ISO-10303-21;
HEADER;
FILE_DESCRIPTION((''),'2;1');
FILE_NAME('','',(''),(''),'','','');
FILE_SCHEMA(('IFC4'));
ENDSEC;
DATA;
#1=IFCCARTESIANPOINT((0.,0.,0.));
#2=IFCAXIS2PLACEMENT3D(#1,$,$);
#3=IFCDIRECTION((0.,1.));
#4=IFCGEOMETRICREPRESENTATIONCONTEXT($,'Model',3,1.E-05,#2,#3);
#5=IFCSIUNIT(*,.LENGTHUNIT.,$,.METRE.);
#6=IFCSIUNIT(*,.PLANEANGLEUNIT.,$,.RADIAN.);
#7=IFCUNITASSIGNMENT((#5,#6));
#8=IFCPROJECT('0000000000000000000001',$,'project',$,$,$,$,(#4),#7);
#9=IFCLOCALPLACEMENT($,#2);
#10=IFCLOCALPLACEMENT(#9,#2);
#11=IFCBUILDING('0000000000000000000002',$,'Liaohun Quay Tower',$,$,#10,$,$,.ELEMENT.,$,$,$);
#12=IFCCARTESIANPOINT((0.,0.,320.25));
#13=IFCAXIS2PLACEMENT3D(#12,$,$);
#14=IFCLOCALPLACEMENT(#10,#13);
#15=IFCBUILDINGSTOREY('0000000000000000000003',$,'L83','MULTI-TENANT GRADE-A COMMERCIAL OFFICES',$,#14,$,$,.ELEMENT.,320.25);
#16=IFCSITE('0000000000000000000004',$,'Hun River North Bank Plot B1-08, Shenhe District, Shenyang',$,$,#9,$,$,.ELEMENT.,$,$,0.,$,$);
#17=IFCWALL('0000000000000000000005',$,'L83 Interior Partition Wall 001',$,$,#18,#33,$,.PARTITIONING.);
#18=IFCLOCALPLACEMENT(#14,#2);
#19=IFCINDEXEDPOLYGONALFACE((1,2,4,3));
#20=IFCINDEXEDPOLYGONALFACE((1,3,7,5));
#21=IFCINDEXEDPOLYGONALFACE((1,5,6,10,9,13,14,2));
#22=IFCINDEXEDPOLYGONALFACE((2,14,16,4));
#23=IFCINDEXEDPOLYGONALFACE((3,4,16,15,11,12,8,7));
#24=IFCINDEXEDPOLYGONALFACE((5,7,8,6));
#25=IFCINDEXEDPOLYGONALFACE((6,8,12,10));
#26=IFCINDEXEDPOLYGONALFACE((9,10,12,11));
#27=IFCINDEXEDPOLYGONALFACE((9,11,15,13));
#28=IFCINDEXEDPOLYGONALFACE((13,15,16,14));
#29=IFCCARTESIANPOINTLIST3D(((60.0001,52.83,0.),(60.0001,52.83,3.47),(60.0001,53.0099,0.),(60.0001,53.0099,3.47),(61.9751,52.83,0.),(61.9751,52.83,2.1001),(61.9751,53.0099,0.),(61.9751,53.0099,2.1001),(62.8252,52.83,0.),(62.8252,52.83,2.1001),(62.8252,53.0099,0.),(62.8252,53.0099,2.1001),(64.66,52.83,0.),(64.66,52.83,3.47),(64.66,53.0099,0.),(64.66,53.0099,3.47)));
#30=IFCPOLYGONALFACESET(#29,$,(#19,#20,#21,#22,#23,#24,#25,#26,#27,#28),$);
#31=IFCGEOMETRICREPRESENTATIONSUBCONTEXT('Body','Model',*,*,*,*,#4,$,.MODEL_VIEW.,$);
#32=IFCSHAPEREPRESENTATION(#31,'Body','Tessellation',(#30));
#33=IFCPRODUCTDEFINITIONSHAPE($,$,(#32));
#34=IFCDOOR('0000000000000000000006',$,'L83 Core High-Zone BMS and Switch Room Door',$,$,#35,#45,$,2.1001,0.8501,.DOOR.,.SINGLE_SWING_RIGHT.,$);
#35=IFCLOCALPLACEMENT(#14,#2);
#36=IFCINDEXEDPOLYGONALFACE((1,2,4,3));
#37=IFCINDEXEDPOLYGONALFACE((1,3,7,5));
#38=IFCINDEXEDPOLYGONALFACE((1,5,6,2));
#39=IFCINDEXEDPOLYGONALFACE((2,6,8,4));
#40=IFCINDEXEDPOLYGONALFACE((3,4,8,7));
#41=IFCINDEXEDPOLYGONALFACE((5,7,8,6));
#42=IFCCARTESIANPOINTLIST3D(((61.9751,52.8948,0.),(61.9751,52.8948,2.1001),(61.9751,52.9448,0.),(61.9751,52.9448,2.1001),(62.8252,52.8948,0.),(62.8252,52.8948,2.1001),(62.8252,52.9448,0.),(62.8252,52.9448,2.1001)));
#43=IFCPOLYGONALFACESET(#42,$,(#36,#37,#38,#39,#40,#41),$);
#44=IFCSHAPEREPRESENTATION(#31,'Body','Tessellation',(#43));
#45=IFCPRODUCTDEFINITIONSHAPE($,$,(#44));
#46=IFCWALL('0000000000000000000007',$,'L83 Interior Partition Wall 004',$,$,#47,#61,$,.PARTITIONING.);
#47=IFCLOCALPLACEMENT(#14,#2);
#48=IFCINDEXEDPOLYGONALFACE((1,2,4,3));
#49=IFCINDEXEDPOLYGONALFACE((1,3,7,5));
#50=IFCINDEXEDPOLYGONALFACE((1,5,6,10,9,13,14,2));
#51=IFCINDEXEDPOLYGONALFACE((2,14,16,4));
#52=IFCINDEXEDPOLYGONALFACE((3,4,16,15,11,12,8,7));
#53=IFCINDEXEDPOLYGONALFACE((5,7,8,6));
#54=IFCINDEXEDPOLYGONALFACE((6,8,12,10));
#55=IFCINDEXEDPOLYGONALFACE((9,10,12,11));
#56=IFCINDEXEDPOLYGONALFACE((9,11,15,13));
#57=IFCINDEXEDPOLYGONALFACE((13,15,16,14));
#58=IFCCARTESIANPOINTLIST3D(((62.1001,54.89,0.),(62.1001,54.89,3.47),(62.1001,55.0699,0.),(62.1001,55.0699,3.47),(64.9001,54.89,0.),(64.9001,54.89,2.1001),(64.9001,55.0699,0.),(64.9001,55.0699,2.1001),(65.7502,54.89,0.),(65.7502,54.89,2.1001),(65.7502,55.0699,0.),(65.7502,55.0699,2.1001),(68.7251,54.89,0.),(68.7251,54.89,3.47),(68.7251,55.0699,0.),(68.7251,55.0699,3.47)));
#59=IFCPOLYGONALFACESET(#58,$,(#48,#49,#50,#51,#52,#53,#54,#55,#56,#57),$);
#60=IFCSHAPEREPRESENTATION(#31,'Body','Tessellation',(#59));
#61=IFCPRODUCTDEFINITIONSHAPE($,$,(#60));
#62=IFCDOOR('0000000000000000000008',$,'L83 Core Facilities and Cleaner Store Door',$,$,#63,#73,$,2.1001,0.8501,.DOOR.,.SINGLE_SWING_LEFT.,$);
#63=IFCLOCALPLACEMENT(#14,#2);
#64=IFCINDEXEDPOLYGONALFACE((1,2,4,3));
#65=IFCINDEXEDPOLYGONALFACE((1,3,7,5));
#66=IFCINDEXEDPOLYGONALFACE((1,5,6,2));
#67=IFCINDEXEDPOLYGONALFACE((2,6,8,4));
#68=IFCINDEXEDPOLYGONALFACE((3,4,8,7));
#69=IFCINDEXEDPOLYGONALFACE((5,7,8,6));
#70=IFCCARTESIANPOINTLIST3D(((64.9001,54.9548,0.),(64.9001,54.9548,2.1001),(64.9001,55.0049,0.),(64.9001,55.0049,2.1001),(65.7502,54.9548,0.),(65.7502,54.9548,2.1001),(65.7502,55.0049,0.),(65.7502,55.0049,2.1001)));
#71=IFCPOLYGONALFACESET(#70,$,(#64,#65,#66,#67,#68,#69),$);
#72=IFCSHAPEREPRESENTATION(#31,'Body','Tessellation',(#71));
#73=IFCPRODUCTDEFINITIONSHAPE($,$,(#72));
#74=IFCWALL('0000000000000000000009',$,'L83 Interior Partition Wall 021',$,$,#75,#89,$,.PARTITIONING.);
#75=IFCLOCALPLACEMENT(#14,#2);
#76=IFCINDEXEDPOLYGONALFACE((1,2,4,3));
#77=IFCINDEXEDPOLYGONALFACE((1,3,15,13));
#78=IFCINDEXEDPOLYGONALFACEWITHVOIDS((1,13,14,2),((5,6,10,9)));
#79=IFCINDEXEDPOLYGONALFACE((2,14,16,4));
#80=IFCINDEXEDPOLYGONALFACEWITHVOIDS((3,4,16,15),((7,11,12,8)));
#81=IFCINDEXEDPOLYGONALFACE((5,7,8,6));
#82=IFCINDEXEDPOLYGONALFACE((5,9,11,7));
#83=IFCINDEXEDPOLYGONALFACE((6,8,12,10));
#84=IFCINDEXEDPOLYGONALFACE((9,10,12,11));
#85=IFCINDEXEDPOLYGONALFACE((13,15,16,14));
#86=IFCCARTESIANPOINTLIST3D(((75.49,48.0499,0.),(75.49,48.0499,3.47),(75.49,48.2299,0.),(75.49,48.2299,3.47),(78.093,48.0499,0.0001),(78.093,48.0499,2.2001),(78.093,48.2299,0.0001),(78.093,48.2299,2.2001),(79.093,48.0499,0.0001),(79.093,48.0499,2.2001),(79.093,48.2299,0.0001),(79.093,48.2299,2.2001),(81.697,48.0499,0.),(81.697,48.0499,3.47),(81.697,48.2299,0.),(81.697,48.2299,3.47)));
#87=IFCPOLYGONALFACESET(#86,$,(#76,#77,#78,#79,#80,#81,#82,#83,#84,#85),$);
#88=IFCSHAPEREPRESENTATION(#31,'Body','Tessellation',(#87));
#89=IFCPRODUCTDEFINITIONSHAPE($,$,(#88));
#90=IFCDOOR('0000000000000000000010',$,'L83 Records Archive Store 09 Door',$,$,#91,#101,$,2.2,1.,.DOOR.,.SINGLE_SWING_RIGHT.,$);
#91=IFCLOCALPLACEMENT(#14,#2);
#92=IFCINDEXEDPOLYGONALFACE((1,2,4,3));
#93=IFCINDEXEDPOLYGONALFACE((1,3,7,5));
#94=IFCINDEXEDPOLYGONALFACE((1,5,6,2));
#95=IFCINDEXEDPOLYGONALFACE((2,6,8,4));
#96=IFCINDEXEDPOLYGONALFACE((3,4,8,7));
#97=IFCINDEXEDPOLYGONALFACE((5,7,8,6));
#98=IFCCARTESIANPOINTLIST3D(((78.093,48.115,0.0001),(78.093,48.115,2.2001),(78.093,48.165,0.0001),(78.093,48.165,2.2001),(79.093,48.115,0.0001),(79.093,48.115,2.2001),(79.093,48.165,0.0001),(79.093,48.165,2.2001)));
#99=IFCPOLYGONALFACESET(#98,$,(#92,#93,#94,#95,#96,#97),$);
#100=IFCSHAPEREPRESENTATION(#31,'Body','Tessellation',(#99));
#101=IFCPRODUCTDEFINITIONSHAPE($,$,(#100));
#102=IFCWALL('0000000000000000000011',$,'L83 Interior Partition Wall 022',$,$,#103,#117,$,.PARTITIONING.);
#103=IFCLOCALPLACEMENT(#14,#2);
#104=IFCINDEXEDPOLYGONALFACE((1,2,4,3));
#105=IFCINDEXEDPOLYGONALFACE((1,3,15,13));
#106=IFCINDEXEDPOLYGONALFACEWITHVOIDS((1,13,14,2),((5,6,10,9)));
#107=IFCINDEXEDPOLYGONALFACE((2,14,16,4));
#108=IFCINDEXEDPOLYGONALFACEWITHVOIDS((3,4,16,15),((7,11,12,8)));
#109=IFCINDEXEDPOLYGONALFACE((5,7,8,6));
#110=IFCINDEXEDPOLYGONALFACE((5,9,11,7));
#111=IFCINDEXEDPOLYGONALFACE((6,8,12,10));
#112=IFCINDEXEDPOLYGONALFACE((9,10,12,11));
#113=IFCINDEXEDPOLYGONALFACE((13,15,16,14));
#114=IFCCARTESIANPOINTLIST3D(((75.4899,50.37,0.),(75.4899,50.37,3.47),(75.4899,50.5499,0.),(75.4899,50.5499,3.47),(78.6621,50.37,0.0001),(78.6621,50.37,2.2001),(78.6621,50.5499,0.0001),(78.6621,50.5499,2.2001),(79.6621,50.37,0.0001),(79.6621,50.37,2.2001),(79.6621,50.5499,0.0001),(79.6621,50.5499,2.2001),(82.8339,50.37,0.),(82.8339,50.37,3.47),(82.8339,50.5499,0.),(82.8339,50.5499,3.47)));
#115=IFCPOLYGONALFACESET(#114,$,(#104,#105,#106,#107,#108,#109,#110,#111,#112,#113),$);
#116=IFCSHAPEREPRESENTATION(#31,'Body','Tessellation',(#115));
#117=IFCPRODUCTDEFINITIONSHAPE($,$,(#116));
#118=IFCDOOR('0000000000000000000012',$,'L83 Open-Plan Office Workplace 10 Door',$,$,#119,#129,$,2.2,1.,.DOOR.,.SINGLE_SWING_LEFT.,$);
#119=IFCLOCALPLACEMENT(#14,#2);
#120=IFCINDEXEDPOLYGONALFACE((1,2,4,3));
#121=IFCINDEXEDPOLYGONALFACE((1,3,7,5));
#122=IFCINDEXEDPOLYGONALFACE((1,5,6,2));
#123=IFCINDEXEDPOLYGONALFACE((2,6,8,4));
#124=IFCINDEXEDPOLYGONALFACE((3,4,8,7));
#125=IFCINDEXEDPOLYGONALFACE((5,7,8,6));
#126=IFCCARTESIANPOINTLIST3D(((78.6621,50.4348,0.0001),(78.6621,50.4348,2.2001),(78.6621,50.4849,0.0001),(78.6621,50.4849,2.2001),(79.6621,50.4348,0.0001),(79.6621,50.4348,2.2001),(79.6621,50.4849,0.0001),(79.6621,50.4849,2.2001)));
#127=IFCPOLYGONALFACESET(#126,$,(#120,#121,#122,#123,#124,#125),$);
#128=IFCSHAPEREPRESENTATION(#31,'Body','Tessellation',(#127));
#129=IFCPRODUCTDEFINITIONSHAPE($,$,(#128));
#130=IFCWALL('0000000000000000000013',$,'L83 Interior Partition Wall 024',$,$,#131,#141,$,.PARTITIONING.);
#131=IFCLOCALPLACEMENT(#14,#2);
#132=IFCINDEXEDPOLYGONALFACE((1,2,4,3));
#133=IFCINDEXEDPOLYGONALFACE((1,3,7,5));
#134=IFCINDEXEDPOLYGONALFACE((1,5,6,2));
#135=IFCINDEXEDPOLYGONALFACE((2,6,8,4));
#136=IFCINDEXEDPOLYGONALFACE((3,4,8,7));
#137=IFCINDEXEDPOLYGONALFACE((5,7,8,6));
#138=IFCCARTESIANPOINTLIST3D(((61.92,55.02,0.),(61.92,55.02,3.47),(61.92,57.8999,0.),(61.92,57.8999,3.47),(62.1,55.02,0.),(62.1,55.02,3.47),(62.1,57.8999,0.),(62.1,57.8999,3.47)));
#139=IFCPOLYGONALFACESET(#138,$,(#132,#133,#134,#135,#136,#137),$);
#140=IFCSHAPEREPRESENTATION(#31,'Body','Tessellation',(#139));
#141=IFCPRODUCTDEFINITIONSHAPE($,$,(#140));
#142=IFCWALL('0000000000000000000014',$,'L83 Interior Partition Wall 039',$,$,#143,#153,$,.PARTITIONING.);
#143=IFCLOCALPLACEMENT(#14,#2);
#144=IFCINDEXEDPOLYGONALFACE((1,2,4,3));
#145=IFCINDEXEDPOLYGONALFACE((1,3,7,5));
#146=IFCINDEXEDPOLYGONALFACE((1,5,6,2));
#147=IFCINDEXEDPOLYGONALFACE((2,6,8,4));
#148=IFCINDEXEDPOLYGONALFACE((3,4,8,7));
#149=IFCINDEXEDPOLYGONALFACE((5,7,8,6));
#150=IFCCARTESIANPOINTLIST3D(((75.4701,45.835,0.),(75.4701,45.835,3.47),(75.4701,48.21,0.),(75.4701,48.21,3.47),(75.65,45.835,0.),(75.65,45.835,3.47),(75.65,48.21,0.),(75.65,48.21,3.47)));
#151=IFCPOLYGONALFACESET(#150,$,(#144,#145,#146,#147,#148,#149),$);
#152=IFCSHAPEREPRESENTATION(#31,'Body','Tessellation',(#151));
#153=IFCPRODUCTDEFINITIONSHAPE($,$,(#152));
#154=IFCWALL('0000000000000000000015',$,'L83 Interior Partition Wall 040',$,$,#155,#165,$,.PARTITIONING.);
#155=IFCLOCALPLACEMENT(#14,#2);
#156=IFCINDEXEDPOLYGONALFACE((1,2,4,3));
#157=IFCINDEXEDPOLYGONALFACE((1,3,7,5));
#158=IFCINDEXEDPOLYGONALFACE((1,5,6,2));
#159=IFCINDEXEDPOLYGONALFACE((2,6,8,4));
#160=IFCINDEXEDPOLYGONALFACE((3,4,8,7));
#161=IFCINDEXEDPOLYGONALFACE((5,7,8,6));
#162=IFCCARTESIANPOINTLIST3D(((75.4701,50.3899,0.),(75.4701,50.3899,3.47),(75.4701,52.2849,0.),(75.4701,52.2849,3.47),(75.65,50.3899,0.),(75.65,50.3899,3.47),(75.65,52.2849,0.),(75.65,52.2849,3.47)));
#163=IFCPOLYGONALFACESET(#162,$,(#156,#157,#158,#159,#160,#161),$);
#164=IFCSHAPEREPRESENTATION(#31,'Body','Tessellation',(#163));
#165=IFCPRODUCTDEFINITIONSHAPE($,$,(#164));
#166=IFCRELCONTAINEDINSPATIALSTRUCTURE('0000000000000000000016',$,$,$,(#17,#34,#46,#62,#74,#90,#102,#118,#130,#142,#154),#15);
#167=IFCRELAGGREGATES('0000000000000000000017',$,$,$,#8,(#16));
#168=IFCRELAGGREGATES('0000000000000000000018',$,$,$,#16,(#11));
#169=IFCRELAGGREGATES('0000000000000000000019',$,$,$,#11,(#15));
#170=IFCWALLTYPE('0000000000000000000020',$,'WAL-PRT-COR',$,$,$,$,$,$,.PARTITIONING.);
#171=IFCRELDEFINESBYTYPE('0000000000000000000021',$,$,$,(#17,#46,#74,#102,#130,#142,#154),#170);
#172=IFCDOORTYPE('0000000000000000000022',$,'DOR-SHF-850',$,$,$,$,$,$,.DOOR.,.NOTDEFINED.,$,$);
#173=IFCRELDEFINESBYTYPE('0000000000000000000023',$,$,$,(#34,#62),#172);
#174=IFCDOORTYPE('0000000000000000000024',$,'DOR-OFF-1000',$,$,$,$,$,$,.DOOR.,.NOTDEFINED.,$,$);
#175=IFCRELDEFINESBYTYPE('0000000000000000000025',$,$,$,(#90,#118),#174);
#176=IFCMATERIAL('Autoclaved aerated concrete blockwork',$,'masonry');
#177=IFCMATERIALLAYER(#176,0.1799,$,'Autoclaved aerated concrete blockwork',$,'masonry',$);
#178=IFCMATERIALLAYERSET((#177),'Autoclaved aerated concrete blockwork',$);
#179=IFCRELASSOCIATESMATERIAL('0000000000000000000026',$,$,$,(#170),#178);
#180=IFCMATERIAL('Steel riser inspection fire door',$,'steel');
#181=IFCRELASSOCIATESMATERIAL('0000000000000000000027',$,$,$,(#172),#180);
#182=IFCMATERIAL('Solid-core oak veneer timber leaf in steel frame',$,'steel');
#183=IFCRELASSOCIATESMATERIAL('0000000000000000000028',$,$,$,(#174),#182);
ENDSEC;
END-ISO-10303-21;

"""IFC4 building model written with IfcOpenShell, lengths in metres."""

from ifc_helpers import new_model, si_unit, direction, frame, frame_2d, origin, place, context, subcontext, project, spatial, rectangle, extrude, source, transform, mapped, material, layer, layer_set, type_object, element, fill, save


model = new_model("IFC4")

# Units and contexts
model_context = context("Model", 3, precision=1e-05, world=origin(), true_north=direction((0.0, 1.0)))
body_context = subcontext(model_context, "Body", "Model", "MODEL_VIEW")
ifc_project = project(units=[si_unit("LENGTHUNIT", "METRE"), si_unit("PLANEANGLEUNIT", "RADIAN")], contexts=[model_context])

# Site, building, storey
site_placement = place(None, origin())
site = spatial("IfcSite", under=ifc_project, at=site_placement, Name="Hun River North Bank Plot B1-08, Shenhe District, Shenyang", CompositionType="ELEMENT", RefElevation=0.0)
building_placement = place(site_placement, origin())
building = spatial("IfcBuilding", under=site, at=building_placement, Name="Liaohun Quay Tower", CompositionType="ELEMENT")
storey_placement = place(building_placement, frame((0.0, 0.0, 320.25)))
storey = spatial("IfcBuildingStorey", under=building, at=storey_placement, Name="L83", Description="MULTI-TENANT GRADE-A COMMERCIAL OFFICES", CompositionType="ELEMENT", Elevation=320.25)

# Walls, openings, doors
ifc_material_1 = material(Name="Autoclaved aerated concrete blockwork", Category="masonry")
ifc_layer_1 = layer(ifc_material_1, 0.1799, Name="Autoclaved aerated concrete blockwork", Category="masonry")
ifc_layer_set_1 = layer_set([ifc_layer_1], Name="Autoclaved aerated concrete blockwork")
wall_type_1 = type_object("IfcWallType", Name="WAL-PRT-COR", PredefinedType="PARTITIONING", material=ifc_layer_set_1)
wall_1_placement = place(storey_placement, frame((60.0, 52.9199, 0.0), z_axis=(0.0, 0.0, 1.0), x_axis=(1.0, 0.0, 0.0)))
wall_1 = element("IfcWall", 1, at=wall_1_placement, inside=storey, type_object=wall_type_1, Name="L83 Interior Partition Wall 001", PredefinedType="PARTITIONING", context=body_context, shape_type="SweptSolid", body=[
    extrude(rectangle(XDim=4.6599, YDim=0.1799, at=frame_2d((2.3301, 0.0))), origin(), (0.0, 0.0, 1.0), 3.47),
])
shared_shape_1 = source(origin(), body_context, "Body", "SweptSolid", [
    extrude(rectangle(XDim=0.8501, YDim=2.1001, at=frame_2d((0.425, 1.05))), frame((0.0, 0.0999, 0.0), z_axis=(0.0, -1.0, 0.0), x_axis=(1.0, 0.0, 0.0)), (0.0, 0.0, 1.0), 0.2),
])
opening_1_placement = place(wall_1_placement, frame((1.9751, 0.0, 0.0)))
opening_1 = element("IfcOpeningElement", 2, at=opening_1_placement, cuts=wall_1, PredefinedType="OPENING", context=body_context, shape_type="MappedRepresentation", body=[
    mapped(shared_shape_1, transform((0.0, 0.0, 0.0), x_axis=(1.0, 0.0, 0.0), y_axis=(0.0, 1.0, 0.0), z_axis=(0.0, 0.0, 1.0), scale=1.0)),
])
ifc_material_2 = material(Name="Steel riser inspection fire door", Category="steel")
door_type_1 = type_object("IfcDoorType", Name="DOR-SHF-850", OperationType="NOTDEFINED", PredefinedType="DOOR", material=ifc_material_2)
shared_shape_2 = source(origin(), body_context, "Body", "SweptSolid", [
    extrude(rectangle(XDim=0.8501, YDim=2.1001, at=frame_2d((0.425, 1.05))), frame((0.0, 0.0249, 0.0), z_axis=(0.0, -1.0, 0.0), x_axis=(1.0, 0.0, 0.0)), (0.0, 0.0, 1.0), 0.05),
])
door_1_placement = place(opening_1_placement, origin())
door_1 = element("IfcDoor", 3, at=door_1_placement, inside=storey, type_object=door_type_1, Name="L83 Core High-Zone BMS and Switch Room Door", OperationType="SINGLE_SWING_RIGHT", OverallHeight=2.1001, OverallWidth=0.8501, PredefinedType="DOOR", context=body_context, shape_type="MappedRepresentation", body=[
    mapped(shared_shape_2, transform((0.0, 0.0, 0.0), x_axis=(1.0, 0.0, 0.0), y_axis=(0.0, 1.0, 0.0), z_axis=(0.0, 0.0, 1.0), scale=1.0)),
])
fill(opening_1, door_1)
wall_2_placement = place(storey_placement, frame((62.1001, 54.98, 0.0), z_axis=(0.0, 0.0, 1.0), x_axis=(1.0, 0.0, 0.0)))
wall_2 = element("IfcWall", 4, at=wall_2_placement, inside=storey, type_object=wall_type_1, Name="L83 Interior Partition Wall 004", PredefinedType="PARTITIONING", context=body_context, shape_type="SweptSolid", body=[
    extrude(rectangle(XDim=6.625, YDim=0.1799, at=frame_2d((3.3125, 0.0))), origin(), (0.0, 0.0, 1.0), 3.47),
])
opening_2_placement = place(wall_2_placement, frame((2.8, 0.0, 0.0)))
opening_2 = element("IfcOpeningElement", 5, at=opening_2_placement, cuts=wall_2, PredefinedType="OPENING", context=body_context, shape_type="MappedRepresentation", body=[
    mapped(shared_shape_1, transform((0.0, 0.0, 0.0), x_axis=(1.0, 0.0, 0.0), y_axis=(0.0, 1.0, 0.0), z_axis=(0.0, 0.0, 1.0), scale=1.0)),
])
door_2_placement = place(opening_2_placement, origin())
door_2 = element("IfcDoor", 6, at=door_2_placement, inside=storey, type_object=door_type_1, Name="L83 Core Facilities and Cleaner Store Door", OperationType="SINGLE_SWING_LEFT", OverallHeight=2.1001, OverallWidth=0.8501, PredefinedType="DOOR", context=body_context, shape_type="MappedRepresentation", body=[
    mapped(shared_shape_2, transform((0.0, 0.0, 0.0), x_axis=(1.0, 0.0, 0.0), y_axis=(0.0, 1.0, 0.0), z_axis=(0.0, 0.0, 1.0), scale=1.0)),
])
fill(opening_2, door_2)
wall_3_placement = place(storey_placement, frame((81.697, 48.1399, 0.0), z_axis=(0.0, 0.0, 1.0), x_axis=(-1.0, 0.0, 0.0)))
wall_3 = element("IfcWall", 7, at=wall_3_placement, inside=storey, type_object=wall_type_1, Name="L83 Interior Partition Wall 021", PredefinedType="PARTITIONING", context=body_context, shape_type="SweptSolid", body=[
    extrude(rectangle(XDim=6.207, YDim=0.1799, at=frame_2d((3.1035, 0.0))), origin(), (0.0, 0.0, 1.0), 3.47),
])
shared_shape_3 = source(origin(), body_context, "Body", "SweptSolid", [
    extrude(rectangle(XDim=1.0, YDim=2.2, at=frame_2d((0.5, 1.1001))), frame((0.0, 0.0999, 0.0), z_axis=(0.0, -1.0, 0.0), x_axis=(1.0, 0.0, 0.0)), (0.0, 0.0, 1.0), 0.2),
])
opening_3_placement = place(wall_3_placement, frame((2.604, 0.0, 0.0)))
opening_3 = element("IfcOpeningElement", 8, at=opening_3_placement, cuts=wall_3, PredefinedType="OPENING", context=body_context, shape_type="MappedRepresentation", body=[
    mapped(shared_shape_3, transform((0.0, 0.0, 0.0), x_axis=(1.0, 0.0, 0.0), y_axis=(0.0, 1.0, 0.0), z_axis=(0.0, 0.0, 1.0), scale=1.0)),
])
ifc_material_3 = material(Name="Solid-core oak veneer timber leaf in steel frame", Category="steel")
door_type_2 = type_object("IfcDoorType", Name="DOR-OFF-1000", OperationType="NOTDEFINED", PredefinedType="DOOR", material=ifc_material_3)
shared_shape_4 = source(origin(), body_context, "Body", "SweptSolid", [
    extrude(rectangle(XDim=1.0, YDim=2.2, at=frame_2d((0.5, 1.1001))), frame((0.0, 0.0249, 0.0), z_axis=(0.0, -1.0, 0.0), x_axis=(1.0, 0.0, 0.0)), (0.0, 0.0, 1.0), 0.05),
])
door_3_placement = place(opening_3_placement, origin())
door_3 = element("IfcDoor", 9, at=door_3_placement, inside=storey, type_object=door_type_2, Name="L83 Records Archive Store 09 Door", OperationType="SINGLE_SWING_RIGHT", OverallHeight=2.2, OverallWidth=1.0, PredefinedType="DOOR", context=body_context, shape_type="MappedRepresentation", body=[
    mapped(shared_shape_4, transform((0.0, 0.0, 0.0), x_axis=(1.0, 0.0, 0.0), y_axis=(0.0, 1.0, 0.0), z_axis=(0.0, 0.0, 1.0), scale=1.0)),
])
fill(opening_3, door_3)
wall_4_placement = place(storey_placement, frame((75.49, 50.46, 0.0), z_axis=(0.0, 0.0, 1.0), x_axis=(1.0, 0.0, 0.0)))
wall_4 = element("IfcWall", 10, at=wall_4_placement, inside=storey, type_object=wall_type_1, Name="L83 Interior Partition Wall 022", PredefinedType="PARTITIONING", context=body_context, shape_type="SweptSolid", body=[
    extrude(rectangle(XDim=7.344, YDim=0.1799, at=frame_2d((3.6719, 0.0))), origin(), (0.0, 0.0, 1.0), 3.47),
])
opening_4_placement = place(wall_4_placement, frame((3.1721, 0.0, 0.0)))
opening_4 = element("IfcOpeningElement", 11, at=opening_4_placement, cuts=wall_4, PredefinedType="OPENING", context=body_context, shape_type="MappedRepresentation", body=[
    mapped(shared_shape_3, transform((0.0, 0.0, 0.0), x_axis=(1.0, 0.0, 0.0), y_axis=(0.0, 1.0, 0.0), z_axis=(0.0, 0.0, 1.0), scale=1.0)),
])
door_4_placement = place(opening_4_placement, origin())
door_4 = element("IfcDoor", 12, at=door_4_placement, inside=storey, type_object=door_type_2, Name="L83 Open-Plan Office Workplace 10 Door", OperationType="SINGLE_SWING_LEFT", OverallHeight=2.2, OverallWidth=1.0, PredefinedType="DOOR", context=body_context, shape_type="MappedRepresentation", body=[
    mapped(shared_shape_4, transform((0.0, 0.0, 0.0), x_axis=(1.0, 0.0, 0.0), y_axis=(0.0, 1.0, 0.0), z_axis=(0.0, 0.0, 1.0), scale=1.0)),
])
fill(opening_4, door_4)

# Walls
wall_5_placement = place(storey_placement, frame((62.01, 55.02, 0.0), z_axis=(0.0, 0.0, 1.0), x_axis=(0.0, 1.0, 0.0)))
element("IfcWall", 13, at=wall_5_placement, inside=storey, type_object=wall_type_1, Name="L83 Interior Partition Wall 024", PredefinedType="PARTITIONING", context=body_context, shape_type="SweptSolid", body=[
    extrude(rectangle(XDim=2.8799, YDim=0.1799, at=frame_2d((1.4399, 0.0))), origin(), (0.0, 0.0, 1.0), 3.47),
])
wall_6_placement = place(storey_placement, frame((75.5601, 48.21, 0.0), z_axis=(0.0, 0.0, 1.0), x_axis=(0.0, -1.0, 0.0)))
element("IfcWall", 14, at=wall_6_placement, inside=storey, type_object=wall_type_1, Name="L83 Interior Partition Wall 039", PredefinedType="PARTITIONING", context=body_context, shape_type="SweptSolid", body=[
    extrude(rectangle(XDim=2.375, YDim=0.1799, at=frame_2d((1.1875, 0.0))), origin(), (0.0, 0.0, 1.0), 3.47),
])
wall_7_placement = place(storey_placement, frame((75.5601, 52.2849, 0.0), z_axis=(0.0, 0.0, 1.0), x_axis=(0.0, -1.0, 0.0)))
element("IfcWall", 15, at=wall_7_placement, inside=storey, type_object=wall_type_1, Name="L83 Interior Partition Wall 040", PredefinedType="PARTITIONING", context=body_context, shape_type="SweptSolid", body=[
    extrude(rectangle(XDim=1.895, YDim=0.1799, at=frame_2d((0.9475, 0.0))), origin(), (0.0, 0.0, 1.0), 3.47),
])

save(model, "model.ifc")
